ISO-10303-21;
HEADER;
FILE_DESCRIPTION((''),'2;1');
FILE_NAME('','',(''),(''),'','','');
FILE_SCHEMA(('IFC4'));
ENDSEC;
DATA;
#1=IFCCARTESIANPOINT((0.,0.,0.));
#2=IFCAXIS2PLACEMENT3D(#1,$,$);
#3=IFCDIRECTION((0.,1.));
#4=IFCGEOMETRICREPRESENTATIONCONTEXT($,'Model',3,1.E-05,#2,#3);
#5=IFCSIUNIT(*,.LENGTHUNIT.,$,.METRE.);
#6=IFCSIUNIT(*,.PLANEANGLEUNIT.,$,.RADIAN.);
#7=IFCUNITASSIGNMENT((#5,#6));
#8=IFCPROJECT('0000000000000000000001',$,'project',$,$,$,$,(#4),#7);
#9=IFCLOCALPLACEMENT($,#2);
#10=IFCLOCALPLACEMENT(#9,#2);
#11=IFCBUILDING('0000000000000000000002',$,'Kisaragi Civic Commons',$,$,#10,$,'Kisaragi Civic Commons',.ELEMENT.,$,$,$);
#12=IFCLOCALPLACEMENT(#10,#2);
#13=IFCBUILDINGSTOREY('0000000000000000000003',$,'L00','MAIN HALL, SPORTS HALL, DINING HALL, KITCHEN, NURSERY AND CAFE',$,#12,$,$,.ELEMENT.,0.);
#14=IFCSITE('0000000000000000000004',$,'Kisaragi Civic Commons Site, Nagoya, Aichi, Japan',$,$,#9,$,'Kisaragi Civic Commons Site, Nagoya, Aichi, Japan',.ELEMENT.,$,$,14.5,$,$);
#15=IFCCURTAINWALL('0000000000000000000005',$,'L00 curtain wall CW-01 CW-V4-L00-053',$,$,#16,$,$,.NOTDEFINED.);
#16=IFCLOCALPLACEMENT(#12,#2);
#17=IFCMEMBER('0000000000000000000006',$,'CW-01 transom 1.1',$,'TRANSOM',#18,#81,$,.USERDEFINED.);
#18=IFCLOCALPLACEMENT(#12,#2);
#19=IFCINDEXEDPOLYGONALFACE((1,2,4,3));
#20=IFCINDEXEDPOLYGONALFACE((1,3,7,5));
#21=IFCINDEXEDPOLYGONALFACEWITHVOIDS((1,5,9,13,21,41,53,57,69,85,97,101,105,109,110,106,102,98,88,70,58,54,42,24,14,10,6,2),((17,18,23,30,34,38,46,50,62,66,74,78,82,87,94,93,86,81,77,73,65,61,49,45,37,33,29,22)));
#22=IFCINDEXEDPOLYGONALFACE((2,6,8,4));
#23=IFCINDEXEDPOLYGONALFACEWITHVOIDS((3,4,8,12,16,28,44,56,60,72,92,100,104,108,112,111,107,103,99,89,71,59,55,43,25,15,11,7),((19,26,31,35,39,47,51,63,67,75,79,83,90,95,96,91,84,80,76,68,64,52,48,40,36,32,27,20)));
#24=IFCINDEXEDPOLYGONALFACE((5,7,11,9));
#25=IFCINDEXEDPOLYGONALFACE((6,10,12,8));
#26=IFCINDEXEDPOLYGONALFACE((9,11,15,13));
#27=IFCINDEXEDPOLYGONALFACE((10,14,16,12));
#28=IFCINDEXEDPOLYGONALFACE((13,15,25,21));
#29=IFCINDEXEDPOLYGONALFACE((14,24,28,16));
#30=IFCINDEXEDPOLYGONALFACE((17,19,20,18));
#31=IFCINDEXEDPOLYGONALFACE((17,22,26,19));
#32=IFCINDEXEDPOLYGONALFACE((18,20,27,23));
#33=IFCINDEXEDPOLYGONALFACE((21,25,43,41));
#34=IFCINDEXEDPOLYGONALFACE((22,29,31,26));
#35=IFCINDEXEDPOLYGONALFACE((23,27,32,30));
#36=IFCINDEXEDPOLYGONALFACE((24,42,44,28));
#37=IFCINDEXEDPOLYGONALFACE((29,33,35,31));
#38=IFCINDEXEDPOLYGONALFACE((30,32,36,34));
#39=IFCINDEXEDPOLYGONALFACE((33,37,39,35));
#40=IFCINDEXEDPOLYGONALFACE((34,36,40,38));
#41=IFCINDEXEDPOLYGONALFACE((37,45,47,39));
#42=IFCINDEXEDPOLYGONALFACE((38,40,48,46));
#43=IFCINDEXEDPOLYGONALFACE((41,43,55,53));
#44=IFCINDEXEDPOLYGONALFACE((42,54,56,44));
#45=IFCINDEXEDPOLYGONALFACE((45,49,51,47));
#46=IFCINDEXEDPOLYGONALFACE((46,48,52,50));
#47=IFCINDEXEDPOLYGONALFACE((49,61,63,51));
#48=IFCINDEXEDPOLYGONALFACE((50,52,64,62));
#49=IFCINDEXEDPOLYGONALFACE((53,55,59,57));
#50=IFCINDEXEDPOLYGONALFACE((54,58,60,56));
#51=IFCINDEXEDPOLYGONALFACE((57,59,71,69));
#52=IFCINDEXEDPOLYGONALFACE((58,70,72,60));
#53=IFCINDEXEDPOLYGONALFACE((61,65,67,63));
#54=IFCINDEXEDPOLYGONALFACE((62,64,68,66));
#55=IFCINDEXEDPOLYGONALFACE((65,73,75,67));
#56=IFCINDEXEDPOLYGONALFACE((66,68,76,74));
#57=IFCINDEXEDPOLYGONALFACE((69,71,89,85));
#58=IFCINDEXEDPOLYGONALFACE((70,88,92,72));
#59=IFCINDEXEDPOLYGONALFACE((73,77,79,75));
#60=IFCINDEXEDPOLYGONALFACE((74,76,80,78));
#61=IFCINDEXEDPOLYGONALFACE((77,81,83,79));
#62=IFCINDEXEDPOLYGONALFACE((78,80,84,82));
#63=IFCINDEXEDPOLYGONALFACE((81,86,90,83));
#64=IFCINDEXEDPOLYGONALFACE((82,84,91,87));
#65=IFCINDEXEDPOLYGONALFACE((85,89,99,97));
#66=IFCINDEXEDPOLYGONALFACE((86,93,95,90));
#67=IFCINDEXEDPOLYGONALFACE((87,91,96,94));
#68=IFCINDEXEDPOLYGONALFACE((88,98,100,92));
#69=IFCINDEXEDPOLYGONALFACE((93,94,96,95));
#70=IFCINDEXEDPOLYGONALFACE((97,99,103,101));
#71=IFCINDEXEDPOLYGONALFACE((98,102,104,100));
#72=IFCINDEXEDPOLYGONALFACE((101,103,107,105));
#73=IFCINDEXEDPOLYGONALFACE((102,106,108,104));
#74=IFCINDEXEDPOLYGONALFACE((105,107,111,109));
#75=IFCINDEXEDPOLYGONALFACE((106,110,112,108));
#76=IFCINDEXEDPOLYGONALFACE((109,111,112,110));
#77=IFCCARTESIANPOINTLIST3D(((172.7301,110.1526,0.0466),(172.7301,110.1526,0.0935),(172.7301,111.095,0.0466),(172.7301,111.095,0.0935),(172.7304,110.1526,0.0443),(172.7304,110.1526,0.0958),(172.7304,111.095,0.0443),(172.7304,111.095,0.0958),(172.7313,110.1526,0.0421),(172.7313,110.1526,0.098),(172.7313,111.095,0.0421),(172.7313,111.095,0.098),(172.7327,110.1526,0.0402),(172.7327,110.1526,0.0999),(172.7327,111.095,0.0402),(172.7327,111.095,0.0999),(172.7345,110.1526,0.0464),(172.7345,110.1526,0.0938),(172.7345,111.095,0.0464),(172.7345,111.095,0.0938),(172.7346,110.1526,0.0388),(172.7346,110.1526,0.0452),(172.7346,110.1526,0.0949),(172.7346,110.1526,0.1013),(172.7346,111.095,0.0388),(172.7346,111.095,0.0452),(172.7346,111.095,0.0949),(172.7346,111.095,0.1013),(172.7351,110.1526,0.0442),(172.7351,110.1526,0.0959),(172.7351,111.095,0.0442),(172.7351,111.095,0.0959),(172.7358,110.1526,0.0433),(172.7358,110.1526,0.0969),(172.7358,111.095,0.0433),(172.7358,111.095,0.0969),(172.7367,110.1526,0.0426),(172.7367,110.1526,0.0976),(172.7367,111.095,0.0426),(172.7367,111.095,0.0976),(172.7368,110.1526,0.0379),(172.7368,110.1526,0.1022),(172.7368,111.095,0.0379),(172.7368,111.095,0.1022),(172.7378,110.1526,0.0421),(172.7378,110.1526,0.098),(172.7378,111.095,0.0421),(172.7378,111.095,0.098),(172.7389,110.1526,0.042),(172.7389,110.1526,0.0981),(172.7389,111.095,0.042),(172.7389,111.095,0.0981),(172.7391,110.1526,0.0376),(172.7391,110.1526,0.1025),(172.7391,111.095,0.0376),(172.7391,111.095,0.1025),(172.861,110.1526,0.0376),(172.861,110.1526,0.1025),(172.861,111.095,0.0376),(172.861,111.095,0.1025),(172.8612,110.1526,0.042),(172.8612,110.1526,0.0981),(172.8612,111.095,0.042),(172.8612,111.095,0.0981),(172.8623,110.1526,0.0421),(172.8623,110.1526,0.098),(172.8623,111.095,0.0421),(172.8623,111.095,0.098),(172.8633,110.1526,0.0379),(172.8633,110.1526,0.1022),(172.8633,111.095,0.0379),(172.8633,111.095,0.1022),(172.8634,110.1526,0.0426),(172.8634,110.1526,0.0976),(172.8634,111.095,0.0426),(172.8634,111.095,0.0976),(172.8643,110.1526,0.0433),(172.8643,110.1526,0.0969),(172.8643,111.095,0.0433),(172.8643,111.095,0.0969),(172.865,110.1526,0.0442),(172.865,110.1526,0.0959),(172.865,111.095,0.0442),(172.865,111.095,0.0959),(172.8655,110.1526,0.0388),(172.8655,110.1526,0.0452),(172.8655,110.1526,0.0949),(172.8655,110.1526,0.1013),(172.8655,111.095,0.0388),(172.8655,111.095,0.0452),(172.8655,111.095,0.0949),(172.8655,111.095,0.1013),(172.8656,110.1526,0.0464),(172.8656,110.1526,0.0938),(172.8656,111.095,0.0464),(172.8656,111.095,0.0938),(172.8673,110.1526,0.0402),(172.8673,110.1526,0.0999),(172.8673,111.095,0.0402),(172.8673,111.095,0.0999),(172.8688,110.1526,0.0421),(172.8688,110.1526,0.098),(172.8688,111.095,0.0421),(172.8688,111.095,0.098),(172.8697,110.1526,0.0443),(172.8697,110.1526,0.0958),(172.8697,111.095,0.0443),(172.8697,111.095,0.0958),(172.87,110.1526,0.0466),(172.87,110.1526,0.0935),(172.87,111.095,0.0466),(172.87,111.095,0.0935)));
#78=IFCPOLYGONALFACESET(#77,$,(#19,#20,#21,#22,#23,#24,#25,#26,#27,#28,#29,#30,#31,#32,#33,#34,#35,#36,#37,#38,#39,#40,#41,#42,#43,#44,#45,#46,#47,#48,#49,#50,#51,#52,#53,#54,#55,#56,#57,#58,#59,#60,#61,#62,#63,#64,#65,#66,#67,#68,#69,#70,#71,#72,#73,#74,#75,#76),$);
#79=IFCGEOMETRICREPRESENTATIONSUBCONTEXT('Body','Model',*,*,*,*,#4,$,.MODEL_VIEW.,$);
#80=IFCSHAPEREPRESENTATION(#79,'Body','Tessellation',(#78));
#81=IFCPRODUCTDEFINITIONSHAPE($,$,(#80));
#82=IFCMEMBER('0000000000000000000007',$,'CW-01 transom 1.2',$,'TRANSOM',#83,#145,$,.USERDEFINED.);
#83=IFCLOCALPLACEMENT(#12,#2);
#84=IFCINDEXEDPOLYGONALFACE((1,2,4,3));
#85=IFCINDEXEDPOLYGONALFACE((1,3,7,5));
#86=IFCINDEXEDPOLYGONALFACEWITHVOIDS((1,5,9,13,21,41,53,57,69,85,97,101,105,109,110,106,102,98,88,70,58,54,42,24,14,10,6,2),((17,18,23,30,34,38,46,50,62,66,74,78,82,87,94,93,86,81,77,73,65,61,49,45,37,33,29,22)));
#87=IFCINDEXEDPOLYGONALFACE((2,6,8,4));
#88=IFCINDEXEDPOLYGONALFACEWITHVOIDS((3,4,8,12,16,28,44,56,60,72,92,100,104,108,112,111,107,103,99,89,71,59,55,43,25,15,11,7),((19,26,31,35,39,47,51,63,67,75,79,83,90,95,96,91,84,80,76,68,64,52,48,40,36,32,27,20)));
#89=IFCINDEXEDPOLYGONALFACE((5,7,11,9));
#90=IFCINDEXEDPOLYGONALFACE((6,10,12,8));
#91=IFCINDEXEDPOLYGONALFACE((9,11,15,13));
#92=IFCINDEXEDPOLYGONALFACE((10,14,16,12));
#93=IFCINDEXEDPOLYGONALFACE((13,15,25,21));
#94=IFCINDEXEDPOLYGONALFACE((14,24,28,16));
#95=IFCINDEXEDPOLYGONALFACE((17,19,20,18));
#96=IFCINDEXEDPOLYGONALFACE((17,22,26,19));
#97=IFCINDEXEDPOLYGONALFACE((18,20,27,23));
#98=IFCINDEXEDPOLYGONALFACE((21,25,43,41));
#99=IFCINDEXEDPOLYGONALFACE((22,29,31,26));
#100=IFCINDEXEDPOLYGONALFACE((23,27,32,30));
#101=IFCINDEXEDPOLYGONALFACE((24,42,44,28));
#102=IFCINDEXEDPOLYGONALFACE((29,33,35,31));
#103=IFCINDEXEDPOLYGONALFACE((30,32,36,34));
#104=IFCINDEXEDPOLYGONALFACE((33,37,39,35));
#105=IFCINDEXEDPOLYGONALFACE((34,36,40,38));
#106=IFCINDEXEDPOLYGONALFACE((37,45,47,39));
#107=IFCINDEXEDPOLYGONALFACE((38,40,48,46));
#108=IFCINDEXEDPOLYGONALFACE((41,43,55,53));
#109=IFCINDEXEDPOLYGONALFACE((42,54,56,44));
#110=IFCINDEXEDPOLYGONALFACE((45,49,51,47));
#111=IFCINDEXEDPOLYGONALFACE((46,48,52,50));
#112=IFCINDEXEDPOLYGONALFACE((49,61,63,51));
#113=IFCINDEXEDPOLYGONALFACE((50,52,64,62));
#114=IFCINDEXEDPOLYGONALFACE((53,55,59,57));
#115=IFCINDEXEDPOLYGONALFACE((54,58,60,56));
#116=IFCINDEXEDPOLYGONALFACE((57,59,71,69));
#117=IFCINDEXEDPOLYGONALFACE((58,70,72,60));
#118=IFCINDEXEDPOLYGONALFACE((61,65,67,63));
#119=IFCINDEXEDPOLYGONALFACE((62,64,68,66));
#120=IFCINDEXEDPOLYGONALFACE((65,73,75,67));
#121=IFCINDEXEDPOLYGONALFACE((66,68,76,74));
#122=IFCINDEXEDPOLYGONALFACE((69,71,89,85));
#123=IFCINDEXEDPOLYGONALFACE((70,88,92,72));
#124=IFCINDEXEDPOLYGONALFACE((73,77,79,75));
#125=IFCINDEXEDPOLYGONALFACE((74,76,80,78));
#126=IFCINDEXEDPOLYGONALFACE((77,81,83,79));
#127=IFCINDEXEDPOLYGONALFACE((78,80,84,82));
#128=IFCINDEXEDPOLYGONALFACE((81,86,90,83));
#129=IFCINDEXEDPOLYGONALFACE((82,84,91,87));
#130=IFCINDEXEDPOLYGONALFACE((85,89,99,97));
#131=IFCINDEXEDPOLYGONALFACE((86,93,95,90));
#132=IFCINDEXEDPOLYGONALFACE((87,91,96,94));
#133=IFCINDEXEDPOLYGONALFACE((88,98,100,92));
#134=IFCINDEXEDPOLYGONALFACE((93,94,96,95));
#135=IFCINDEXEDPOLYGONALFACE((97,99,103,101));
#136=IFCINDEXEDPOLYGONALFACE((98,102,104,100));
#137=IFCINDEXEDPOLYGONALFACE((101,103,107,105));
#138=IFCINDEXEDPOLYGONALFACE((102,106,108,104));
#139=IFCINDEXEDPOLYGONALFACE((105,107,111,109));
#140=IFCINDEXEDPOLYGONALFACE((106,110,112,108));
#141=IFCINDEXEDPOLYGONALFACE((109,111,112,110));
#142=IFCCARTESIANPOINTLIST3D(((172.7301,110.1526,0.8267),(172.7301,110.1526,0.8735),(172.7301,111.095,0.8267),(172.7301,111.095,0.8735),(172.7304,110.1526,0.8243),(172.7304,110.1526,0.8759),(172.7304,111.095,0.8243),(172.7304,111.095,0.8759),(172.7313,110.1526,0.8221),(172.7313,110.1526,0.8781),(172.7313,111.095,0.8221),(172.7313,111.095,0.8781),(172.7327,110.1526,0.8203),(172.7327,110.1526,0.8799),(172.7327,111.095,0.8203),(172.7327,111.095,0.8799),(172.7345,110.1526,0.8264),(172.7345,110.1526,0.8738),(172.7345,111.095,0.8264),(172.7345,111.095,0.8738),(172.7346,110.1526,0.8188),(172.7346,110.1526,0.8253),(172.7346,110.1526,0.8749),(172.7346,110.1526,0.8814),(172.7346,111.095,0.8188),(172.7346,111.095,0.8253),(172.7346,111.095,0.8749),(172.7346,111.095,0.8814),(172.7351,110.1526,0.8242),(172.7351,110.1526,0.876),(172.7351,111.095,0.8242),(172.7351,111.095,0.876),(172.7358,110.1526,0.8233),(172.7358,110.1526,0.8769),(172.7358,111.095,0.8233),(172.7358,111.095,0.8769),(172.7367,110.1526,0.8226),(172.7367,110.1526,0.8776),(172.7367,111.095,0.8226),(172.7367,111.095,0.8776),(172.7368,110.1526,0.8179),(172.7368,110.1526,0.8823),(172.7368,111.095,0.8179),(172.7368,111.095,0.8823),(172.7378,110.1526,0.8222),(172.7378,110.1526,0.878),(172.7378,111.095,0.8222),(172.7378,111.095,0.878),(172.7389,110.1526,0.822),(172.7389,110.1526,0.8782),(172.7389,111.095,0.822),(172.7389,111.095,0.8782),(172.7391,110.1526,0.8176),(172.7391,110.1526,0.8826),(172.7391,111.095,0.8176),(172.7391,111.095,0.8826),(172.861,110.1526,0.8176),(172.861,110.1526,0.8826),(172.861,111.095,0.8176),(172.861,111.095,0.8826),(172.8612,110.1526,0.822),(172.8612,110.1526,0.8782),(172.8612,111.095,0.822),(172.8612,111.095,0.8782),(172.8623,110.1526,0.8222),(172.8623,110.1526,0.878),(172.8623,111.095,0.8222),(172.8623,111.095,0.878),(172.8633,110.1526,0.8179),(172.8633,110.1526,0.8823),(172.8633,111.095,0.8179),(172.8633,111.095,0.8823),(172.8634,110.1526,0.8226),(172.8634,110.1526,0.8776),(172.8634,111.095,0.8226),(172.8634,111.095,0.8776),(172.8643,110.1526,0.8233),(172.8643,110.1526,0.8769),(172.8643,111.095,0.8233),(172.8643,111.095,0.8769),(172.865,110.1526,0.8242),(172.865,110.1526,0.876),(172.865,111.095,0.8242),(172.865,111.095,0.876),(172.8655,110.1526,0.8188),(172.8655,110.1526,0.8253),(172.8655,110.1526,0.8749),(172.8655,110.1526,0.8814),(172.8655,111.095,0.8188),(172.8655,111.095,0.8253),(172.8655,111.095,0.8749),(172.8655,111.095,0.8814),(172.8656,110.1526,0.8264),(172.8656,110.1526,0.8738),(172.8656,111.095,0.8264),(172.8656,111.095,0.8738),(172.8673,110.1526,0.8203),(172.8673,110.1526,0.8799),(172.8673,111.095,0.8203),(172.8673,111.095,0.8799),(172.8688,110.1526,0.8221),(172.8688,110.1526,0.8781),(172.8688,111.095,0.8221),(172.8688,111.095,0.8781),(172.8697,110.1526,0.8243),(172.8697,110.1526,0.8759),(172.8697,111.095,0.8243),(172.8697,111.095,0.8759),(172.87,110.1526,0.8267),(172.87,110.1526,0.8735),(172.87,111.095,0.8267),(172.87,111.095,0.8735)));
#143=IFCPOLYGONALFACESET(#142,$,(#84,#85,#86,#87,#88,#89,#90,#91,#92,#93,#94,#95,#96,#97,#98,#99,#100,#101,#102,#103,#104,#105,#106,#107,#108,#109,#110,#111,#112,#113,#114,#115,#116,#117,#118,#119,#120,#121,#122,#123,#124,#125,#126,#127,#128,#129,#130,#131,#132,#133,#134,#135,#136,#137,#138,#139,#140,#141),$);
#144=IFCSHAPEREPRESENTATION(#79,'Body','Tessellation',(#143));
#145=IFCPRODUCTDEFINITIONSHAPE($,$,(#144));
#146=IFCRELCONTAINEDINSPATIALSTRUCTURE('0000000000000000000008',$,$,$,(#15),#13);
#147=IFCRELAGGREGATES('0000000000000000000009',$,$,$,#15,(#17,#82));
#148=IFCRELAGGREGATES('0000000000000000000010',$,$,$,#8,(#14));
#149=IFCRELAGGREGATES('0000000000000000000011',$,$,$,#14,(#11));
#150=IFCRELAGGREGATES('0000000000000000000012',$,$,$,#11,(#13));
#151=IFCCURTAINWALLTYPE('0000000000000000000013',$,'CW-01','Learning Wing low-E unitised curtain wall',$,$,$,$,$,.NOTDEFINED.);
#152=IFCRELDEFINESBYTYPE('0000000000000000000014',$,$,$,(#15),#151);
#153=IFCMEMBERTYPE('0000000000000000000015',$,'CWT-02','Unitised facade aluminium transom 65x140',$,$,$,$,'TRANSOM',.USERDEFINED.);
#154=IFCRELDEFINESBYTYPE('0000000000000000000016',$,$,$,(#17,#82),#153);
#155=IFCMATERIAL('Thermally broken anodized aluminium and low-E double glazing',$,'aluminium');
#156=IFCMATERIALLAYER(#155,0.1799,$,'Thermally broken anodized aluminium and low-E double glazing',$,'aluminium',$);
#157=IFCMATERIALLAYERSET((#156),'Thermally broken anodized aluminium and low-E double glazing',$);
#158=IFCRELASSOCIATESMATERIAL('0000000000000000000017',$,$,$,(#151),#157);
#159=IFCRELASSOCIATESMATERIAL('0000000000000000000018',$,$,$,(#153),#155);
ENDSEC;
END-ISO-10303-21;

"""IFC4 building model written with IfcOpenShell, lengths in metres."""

from ifc_helpers import new_model, si_unit, direction, frame, origin, origin_2d, place, context, subcontext, project, spatial, hollow_rectangle, extrude, material, layer, layer_set, material_profile, profile_set, type_object, element, aggregate, save


model = new_model("IFC4")

# Units and contexts
model_context = context("Model", 3, precision=1e-05, world=origin(), true_north=direction((0.0, 1.0)))
body_context = subcontext(model_context, "Body", "Model", "MODEL_VIEW")
ifc_project = project(units=[si_unit("LENGTHUNIT", "METRE"), si_unit("PLANEANGLEUNIT", "RADIAN")], contexts=[model_context])

# Site, building, storey
site_placement = place(None, origin())
site = spatial("IfcSite", under=ifc_project, at=site_placement, Name="Kisaragi Civic Commons Site, Nagoya, Aichi, Japan", LongName="Kisaragi Civic Commons Site, Nagoya, Aichi, Japan", CompositionType="ELEMENT", RefElevation=14.5)
building_placement = place(site_placement, origin())
building = spatial("IfcBuilding", under=site, at=building_placement, Name="Kisaragi Civic Commons", LongName="Kisaragi Civic Commons", CompositionType="ELEMENT")
storey_placement = place(building_placement, origin())
storey = spatial("IfcBuildingStorey", under=building, at=storey_placement, Name="L00", Description="MAIN HALL, SPORTS HALL, DINING HALL, KITCHEN, NURSERY AND CAFE", CompositionType="ELEMENT", Elevation=0.0)

# Shared definitions
ifc_material_1 = material(Name="Thermally broken anodized aluminium and low-E double glazing", Category="aluminium")
ifc_layer_1 = layer(ifc_material_1, 0.1799, Name="Thermally broken anodized aluminium and low-E double glazing", Category="aluminium")
ifc_layer_set_1 = layer_set([ifc_layer_1], Name="Thermally broken anodized aluminium and low-E double glazing")
curtain_wall_type = type_object("IfcCurtainWallType", Name="CW-01", Description="Learning Wing low-E unitised curtain wall", PredefinedType="NOTDEFINED", material=ifc_layer_set_1)

# Curtain wall
curtain_wall_1_placement = place(storey_placement, origin())
curtain_wall_1 = element("IfcCurtainWall", 1, at=curtain_wall_1_placement, inside=storey, type_object=curtain_wall_type, Name="L00 curtain wall CW-01 CW-V4-L00-053", PredefinedType="NOTDEFINED")

# Members
ifc_material_profile_1 = material_profile(ifc_material_1, hollow_rectangle(XDim=0.1399, YDim=0.0649, WallThickness=0.0044, InnerFilletRadius=0.0044, OuterFilletRadius=0.009, at=origin_2d()), Name="CWT-65x140x4.5", Category="aluminium")
ifc_profile_set_1 = profile_set([ifc_material_profile_1], Name="Thermally broken anodized aluminium and low-E double glazing")
member_type_1 = type_object("IfcMemberType", Name="CWT-02", Description="Unitised facade aluminium transom 65x140", ElementType="TRANSOM", PredefinedType="USERDEFINED", material=ifc_profile_set_1)
member_1_placement = place(storey_placement, frame((172.8, 111.095, 0.0701), z_axis=(0.0, -1.0, 0.0), x_axis=(1.0, 0.0, 0.0)))
member_1 = element("IfcMember", 2, at=member_1_placement, type_object=member_type_1, Name="CW-01 transom 1.1", ObjectType="TRANSOM", PredefinedType="USERDEFINED", context=body_context, shape_type="SweptSolid", body=[
    extrude(hollow_rectangle(XDim=0.1399, YDim=0.0649, WallThickness=0.0044, InnerFilletRadius=0.0044, OuterFilletRadius=0.009, at=origin_2d()), origin(), (0.0, 0.0, 1.0), 0.9424),
])
member_2_placement = place(storey_placement, frame((172.8, 111.095, 0.8501), z_axis=(0.0, -1.0, 0.0), x_axis=(1.0, 0.0, 0.0)))
member_2 = element("IfcMember", 3, at=member_2_placement, type_object=member_type_1, Name="CW-01 transom 1.2", ObjectType="TRANSOM", PredefinedType="USERDEFINED", context=body_context, shape_type="SweptSolid", body=[
    extrude(hollow_rectangle(XDim=0.1399, YDim=0.0649, WallThickness=0.0044, InnerFilletRadius=0.0044, OuterFilletRadius=0.009, at=origin_2d()), origin(), (0.0, 0.0, 1.0), 0.9424),
])

aggregate(curtain_wall_1, [member_1, member_2])

save(model, "model.ifc")
